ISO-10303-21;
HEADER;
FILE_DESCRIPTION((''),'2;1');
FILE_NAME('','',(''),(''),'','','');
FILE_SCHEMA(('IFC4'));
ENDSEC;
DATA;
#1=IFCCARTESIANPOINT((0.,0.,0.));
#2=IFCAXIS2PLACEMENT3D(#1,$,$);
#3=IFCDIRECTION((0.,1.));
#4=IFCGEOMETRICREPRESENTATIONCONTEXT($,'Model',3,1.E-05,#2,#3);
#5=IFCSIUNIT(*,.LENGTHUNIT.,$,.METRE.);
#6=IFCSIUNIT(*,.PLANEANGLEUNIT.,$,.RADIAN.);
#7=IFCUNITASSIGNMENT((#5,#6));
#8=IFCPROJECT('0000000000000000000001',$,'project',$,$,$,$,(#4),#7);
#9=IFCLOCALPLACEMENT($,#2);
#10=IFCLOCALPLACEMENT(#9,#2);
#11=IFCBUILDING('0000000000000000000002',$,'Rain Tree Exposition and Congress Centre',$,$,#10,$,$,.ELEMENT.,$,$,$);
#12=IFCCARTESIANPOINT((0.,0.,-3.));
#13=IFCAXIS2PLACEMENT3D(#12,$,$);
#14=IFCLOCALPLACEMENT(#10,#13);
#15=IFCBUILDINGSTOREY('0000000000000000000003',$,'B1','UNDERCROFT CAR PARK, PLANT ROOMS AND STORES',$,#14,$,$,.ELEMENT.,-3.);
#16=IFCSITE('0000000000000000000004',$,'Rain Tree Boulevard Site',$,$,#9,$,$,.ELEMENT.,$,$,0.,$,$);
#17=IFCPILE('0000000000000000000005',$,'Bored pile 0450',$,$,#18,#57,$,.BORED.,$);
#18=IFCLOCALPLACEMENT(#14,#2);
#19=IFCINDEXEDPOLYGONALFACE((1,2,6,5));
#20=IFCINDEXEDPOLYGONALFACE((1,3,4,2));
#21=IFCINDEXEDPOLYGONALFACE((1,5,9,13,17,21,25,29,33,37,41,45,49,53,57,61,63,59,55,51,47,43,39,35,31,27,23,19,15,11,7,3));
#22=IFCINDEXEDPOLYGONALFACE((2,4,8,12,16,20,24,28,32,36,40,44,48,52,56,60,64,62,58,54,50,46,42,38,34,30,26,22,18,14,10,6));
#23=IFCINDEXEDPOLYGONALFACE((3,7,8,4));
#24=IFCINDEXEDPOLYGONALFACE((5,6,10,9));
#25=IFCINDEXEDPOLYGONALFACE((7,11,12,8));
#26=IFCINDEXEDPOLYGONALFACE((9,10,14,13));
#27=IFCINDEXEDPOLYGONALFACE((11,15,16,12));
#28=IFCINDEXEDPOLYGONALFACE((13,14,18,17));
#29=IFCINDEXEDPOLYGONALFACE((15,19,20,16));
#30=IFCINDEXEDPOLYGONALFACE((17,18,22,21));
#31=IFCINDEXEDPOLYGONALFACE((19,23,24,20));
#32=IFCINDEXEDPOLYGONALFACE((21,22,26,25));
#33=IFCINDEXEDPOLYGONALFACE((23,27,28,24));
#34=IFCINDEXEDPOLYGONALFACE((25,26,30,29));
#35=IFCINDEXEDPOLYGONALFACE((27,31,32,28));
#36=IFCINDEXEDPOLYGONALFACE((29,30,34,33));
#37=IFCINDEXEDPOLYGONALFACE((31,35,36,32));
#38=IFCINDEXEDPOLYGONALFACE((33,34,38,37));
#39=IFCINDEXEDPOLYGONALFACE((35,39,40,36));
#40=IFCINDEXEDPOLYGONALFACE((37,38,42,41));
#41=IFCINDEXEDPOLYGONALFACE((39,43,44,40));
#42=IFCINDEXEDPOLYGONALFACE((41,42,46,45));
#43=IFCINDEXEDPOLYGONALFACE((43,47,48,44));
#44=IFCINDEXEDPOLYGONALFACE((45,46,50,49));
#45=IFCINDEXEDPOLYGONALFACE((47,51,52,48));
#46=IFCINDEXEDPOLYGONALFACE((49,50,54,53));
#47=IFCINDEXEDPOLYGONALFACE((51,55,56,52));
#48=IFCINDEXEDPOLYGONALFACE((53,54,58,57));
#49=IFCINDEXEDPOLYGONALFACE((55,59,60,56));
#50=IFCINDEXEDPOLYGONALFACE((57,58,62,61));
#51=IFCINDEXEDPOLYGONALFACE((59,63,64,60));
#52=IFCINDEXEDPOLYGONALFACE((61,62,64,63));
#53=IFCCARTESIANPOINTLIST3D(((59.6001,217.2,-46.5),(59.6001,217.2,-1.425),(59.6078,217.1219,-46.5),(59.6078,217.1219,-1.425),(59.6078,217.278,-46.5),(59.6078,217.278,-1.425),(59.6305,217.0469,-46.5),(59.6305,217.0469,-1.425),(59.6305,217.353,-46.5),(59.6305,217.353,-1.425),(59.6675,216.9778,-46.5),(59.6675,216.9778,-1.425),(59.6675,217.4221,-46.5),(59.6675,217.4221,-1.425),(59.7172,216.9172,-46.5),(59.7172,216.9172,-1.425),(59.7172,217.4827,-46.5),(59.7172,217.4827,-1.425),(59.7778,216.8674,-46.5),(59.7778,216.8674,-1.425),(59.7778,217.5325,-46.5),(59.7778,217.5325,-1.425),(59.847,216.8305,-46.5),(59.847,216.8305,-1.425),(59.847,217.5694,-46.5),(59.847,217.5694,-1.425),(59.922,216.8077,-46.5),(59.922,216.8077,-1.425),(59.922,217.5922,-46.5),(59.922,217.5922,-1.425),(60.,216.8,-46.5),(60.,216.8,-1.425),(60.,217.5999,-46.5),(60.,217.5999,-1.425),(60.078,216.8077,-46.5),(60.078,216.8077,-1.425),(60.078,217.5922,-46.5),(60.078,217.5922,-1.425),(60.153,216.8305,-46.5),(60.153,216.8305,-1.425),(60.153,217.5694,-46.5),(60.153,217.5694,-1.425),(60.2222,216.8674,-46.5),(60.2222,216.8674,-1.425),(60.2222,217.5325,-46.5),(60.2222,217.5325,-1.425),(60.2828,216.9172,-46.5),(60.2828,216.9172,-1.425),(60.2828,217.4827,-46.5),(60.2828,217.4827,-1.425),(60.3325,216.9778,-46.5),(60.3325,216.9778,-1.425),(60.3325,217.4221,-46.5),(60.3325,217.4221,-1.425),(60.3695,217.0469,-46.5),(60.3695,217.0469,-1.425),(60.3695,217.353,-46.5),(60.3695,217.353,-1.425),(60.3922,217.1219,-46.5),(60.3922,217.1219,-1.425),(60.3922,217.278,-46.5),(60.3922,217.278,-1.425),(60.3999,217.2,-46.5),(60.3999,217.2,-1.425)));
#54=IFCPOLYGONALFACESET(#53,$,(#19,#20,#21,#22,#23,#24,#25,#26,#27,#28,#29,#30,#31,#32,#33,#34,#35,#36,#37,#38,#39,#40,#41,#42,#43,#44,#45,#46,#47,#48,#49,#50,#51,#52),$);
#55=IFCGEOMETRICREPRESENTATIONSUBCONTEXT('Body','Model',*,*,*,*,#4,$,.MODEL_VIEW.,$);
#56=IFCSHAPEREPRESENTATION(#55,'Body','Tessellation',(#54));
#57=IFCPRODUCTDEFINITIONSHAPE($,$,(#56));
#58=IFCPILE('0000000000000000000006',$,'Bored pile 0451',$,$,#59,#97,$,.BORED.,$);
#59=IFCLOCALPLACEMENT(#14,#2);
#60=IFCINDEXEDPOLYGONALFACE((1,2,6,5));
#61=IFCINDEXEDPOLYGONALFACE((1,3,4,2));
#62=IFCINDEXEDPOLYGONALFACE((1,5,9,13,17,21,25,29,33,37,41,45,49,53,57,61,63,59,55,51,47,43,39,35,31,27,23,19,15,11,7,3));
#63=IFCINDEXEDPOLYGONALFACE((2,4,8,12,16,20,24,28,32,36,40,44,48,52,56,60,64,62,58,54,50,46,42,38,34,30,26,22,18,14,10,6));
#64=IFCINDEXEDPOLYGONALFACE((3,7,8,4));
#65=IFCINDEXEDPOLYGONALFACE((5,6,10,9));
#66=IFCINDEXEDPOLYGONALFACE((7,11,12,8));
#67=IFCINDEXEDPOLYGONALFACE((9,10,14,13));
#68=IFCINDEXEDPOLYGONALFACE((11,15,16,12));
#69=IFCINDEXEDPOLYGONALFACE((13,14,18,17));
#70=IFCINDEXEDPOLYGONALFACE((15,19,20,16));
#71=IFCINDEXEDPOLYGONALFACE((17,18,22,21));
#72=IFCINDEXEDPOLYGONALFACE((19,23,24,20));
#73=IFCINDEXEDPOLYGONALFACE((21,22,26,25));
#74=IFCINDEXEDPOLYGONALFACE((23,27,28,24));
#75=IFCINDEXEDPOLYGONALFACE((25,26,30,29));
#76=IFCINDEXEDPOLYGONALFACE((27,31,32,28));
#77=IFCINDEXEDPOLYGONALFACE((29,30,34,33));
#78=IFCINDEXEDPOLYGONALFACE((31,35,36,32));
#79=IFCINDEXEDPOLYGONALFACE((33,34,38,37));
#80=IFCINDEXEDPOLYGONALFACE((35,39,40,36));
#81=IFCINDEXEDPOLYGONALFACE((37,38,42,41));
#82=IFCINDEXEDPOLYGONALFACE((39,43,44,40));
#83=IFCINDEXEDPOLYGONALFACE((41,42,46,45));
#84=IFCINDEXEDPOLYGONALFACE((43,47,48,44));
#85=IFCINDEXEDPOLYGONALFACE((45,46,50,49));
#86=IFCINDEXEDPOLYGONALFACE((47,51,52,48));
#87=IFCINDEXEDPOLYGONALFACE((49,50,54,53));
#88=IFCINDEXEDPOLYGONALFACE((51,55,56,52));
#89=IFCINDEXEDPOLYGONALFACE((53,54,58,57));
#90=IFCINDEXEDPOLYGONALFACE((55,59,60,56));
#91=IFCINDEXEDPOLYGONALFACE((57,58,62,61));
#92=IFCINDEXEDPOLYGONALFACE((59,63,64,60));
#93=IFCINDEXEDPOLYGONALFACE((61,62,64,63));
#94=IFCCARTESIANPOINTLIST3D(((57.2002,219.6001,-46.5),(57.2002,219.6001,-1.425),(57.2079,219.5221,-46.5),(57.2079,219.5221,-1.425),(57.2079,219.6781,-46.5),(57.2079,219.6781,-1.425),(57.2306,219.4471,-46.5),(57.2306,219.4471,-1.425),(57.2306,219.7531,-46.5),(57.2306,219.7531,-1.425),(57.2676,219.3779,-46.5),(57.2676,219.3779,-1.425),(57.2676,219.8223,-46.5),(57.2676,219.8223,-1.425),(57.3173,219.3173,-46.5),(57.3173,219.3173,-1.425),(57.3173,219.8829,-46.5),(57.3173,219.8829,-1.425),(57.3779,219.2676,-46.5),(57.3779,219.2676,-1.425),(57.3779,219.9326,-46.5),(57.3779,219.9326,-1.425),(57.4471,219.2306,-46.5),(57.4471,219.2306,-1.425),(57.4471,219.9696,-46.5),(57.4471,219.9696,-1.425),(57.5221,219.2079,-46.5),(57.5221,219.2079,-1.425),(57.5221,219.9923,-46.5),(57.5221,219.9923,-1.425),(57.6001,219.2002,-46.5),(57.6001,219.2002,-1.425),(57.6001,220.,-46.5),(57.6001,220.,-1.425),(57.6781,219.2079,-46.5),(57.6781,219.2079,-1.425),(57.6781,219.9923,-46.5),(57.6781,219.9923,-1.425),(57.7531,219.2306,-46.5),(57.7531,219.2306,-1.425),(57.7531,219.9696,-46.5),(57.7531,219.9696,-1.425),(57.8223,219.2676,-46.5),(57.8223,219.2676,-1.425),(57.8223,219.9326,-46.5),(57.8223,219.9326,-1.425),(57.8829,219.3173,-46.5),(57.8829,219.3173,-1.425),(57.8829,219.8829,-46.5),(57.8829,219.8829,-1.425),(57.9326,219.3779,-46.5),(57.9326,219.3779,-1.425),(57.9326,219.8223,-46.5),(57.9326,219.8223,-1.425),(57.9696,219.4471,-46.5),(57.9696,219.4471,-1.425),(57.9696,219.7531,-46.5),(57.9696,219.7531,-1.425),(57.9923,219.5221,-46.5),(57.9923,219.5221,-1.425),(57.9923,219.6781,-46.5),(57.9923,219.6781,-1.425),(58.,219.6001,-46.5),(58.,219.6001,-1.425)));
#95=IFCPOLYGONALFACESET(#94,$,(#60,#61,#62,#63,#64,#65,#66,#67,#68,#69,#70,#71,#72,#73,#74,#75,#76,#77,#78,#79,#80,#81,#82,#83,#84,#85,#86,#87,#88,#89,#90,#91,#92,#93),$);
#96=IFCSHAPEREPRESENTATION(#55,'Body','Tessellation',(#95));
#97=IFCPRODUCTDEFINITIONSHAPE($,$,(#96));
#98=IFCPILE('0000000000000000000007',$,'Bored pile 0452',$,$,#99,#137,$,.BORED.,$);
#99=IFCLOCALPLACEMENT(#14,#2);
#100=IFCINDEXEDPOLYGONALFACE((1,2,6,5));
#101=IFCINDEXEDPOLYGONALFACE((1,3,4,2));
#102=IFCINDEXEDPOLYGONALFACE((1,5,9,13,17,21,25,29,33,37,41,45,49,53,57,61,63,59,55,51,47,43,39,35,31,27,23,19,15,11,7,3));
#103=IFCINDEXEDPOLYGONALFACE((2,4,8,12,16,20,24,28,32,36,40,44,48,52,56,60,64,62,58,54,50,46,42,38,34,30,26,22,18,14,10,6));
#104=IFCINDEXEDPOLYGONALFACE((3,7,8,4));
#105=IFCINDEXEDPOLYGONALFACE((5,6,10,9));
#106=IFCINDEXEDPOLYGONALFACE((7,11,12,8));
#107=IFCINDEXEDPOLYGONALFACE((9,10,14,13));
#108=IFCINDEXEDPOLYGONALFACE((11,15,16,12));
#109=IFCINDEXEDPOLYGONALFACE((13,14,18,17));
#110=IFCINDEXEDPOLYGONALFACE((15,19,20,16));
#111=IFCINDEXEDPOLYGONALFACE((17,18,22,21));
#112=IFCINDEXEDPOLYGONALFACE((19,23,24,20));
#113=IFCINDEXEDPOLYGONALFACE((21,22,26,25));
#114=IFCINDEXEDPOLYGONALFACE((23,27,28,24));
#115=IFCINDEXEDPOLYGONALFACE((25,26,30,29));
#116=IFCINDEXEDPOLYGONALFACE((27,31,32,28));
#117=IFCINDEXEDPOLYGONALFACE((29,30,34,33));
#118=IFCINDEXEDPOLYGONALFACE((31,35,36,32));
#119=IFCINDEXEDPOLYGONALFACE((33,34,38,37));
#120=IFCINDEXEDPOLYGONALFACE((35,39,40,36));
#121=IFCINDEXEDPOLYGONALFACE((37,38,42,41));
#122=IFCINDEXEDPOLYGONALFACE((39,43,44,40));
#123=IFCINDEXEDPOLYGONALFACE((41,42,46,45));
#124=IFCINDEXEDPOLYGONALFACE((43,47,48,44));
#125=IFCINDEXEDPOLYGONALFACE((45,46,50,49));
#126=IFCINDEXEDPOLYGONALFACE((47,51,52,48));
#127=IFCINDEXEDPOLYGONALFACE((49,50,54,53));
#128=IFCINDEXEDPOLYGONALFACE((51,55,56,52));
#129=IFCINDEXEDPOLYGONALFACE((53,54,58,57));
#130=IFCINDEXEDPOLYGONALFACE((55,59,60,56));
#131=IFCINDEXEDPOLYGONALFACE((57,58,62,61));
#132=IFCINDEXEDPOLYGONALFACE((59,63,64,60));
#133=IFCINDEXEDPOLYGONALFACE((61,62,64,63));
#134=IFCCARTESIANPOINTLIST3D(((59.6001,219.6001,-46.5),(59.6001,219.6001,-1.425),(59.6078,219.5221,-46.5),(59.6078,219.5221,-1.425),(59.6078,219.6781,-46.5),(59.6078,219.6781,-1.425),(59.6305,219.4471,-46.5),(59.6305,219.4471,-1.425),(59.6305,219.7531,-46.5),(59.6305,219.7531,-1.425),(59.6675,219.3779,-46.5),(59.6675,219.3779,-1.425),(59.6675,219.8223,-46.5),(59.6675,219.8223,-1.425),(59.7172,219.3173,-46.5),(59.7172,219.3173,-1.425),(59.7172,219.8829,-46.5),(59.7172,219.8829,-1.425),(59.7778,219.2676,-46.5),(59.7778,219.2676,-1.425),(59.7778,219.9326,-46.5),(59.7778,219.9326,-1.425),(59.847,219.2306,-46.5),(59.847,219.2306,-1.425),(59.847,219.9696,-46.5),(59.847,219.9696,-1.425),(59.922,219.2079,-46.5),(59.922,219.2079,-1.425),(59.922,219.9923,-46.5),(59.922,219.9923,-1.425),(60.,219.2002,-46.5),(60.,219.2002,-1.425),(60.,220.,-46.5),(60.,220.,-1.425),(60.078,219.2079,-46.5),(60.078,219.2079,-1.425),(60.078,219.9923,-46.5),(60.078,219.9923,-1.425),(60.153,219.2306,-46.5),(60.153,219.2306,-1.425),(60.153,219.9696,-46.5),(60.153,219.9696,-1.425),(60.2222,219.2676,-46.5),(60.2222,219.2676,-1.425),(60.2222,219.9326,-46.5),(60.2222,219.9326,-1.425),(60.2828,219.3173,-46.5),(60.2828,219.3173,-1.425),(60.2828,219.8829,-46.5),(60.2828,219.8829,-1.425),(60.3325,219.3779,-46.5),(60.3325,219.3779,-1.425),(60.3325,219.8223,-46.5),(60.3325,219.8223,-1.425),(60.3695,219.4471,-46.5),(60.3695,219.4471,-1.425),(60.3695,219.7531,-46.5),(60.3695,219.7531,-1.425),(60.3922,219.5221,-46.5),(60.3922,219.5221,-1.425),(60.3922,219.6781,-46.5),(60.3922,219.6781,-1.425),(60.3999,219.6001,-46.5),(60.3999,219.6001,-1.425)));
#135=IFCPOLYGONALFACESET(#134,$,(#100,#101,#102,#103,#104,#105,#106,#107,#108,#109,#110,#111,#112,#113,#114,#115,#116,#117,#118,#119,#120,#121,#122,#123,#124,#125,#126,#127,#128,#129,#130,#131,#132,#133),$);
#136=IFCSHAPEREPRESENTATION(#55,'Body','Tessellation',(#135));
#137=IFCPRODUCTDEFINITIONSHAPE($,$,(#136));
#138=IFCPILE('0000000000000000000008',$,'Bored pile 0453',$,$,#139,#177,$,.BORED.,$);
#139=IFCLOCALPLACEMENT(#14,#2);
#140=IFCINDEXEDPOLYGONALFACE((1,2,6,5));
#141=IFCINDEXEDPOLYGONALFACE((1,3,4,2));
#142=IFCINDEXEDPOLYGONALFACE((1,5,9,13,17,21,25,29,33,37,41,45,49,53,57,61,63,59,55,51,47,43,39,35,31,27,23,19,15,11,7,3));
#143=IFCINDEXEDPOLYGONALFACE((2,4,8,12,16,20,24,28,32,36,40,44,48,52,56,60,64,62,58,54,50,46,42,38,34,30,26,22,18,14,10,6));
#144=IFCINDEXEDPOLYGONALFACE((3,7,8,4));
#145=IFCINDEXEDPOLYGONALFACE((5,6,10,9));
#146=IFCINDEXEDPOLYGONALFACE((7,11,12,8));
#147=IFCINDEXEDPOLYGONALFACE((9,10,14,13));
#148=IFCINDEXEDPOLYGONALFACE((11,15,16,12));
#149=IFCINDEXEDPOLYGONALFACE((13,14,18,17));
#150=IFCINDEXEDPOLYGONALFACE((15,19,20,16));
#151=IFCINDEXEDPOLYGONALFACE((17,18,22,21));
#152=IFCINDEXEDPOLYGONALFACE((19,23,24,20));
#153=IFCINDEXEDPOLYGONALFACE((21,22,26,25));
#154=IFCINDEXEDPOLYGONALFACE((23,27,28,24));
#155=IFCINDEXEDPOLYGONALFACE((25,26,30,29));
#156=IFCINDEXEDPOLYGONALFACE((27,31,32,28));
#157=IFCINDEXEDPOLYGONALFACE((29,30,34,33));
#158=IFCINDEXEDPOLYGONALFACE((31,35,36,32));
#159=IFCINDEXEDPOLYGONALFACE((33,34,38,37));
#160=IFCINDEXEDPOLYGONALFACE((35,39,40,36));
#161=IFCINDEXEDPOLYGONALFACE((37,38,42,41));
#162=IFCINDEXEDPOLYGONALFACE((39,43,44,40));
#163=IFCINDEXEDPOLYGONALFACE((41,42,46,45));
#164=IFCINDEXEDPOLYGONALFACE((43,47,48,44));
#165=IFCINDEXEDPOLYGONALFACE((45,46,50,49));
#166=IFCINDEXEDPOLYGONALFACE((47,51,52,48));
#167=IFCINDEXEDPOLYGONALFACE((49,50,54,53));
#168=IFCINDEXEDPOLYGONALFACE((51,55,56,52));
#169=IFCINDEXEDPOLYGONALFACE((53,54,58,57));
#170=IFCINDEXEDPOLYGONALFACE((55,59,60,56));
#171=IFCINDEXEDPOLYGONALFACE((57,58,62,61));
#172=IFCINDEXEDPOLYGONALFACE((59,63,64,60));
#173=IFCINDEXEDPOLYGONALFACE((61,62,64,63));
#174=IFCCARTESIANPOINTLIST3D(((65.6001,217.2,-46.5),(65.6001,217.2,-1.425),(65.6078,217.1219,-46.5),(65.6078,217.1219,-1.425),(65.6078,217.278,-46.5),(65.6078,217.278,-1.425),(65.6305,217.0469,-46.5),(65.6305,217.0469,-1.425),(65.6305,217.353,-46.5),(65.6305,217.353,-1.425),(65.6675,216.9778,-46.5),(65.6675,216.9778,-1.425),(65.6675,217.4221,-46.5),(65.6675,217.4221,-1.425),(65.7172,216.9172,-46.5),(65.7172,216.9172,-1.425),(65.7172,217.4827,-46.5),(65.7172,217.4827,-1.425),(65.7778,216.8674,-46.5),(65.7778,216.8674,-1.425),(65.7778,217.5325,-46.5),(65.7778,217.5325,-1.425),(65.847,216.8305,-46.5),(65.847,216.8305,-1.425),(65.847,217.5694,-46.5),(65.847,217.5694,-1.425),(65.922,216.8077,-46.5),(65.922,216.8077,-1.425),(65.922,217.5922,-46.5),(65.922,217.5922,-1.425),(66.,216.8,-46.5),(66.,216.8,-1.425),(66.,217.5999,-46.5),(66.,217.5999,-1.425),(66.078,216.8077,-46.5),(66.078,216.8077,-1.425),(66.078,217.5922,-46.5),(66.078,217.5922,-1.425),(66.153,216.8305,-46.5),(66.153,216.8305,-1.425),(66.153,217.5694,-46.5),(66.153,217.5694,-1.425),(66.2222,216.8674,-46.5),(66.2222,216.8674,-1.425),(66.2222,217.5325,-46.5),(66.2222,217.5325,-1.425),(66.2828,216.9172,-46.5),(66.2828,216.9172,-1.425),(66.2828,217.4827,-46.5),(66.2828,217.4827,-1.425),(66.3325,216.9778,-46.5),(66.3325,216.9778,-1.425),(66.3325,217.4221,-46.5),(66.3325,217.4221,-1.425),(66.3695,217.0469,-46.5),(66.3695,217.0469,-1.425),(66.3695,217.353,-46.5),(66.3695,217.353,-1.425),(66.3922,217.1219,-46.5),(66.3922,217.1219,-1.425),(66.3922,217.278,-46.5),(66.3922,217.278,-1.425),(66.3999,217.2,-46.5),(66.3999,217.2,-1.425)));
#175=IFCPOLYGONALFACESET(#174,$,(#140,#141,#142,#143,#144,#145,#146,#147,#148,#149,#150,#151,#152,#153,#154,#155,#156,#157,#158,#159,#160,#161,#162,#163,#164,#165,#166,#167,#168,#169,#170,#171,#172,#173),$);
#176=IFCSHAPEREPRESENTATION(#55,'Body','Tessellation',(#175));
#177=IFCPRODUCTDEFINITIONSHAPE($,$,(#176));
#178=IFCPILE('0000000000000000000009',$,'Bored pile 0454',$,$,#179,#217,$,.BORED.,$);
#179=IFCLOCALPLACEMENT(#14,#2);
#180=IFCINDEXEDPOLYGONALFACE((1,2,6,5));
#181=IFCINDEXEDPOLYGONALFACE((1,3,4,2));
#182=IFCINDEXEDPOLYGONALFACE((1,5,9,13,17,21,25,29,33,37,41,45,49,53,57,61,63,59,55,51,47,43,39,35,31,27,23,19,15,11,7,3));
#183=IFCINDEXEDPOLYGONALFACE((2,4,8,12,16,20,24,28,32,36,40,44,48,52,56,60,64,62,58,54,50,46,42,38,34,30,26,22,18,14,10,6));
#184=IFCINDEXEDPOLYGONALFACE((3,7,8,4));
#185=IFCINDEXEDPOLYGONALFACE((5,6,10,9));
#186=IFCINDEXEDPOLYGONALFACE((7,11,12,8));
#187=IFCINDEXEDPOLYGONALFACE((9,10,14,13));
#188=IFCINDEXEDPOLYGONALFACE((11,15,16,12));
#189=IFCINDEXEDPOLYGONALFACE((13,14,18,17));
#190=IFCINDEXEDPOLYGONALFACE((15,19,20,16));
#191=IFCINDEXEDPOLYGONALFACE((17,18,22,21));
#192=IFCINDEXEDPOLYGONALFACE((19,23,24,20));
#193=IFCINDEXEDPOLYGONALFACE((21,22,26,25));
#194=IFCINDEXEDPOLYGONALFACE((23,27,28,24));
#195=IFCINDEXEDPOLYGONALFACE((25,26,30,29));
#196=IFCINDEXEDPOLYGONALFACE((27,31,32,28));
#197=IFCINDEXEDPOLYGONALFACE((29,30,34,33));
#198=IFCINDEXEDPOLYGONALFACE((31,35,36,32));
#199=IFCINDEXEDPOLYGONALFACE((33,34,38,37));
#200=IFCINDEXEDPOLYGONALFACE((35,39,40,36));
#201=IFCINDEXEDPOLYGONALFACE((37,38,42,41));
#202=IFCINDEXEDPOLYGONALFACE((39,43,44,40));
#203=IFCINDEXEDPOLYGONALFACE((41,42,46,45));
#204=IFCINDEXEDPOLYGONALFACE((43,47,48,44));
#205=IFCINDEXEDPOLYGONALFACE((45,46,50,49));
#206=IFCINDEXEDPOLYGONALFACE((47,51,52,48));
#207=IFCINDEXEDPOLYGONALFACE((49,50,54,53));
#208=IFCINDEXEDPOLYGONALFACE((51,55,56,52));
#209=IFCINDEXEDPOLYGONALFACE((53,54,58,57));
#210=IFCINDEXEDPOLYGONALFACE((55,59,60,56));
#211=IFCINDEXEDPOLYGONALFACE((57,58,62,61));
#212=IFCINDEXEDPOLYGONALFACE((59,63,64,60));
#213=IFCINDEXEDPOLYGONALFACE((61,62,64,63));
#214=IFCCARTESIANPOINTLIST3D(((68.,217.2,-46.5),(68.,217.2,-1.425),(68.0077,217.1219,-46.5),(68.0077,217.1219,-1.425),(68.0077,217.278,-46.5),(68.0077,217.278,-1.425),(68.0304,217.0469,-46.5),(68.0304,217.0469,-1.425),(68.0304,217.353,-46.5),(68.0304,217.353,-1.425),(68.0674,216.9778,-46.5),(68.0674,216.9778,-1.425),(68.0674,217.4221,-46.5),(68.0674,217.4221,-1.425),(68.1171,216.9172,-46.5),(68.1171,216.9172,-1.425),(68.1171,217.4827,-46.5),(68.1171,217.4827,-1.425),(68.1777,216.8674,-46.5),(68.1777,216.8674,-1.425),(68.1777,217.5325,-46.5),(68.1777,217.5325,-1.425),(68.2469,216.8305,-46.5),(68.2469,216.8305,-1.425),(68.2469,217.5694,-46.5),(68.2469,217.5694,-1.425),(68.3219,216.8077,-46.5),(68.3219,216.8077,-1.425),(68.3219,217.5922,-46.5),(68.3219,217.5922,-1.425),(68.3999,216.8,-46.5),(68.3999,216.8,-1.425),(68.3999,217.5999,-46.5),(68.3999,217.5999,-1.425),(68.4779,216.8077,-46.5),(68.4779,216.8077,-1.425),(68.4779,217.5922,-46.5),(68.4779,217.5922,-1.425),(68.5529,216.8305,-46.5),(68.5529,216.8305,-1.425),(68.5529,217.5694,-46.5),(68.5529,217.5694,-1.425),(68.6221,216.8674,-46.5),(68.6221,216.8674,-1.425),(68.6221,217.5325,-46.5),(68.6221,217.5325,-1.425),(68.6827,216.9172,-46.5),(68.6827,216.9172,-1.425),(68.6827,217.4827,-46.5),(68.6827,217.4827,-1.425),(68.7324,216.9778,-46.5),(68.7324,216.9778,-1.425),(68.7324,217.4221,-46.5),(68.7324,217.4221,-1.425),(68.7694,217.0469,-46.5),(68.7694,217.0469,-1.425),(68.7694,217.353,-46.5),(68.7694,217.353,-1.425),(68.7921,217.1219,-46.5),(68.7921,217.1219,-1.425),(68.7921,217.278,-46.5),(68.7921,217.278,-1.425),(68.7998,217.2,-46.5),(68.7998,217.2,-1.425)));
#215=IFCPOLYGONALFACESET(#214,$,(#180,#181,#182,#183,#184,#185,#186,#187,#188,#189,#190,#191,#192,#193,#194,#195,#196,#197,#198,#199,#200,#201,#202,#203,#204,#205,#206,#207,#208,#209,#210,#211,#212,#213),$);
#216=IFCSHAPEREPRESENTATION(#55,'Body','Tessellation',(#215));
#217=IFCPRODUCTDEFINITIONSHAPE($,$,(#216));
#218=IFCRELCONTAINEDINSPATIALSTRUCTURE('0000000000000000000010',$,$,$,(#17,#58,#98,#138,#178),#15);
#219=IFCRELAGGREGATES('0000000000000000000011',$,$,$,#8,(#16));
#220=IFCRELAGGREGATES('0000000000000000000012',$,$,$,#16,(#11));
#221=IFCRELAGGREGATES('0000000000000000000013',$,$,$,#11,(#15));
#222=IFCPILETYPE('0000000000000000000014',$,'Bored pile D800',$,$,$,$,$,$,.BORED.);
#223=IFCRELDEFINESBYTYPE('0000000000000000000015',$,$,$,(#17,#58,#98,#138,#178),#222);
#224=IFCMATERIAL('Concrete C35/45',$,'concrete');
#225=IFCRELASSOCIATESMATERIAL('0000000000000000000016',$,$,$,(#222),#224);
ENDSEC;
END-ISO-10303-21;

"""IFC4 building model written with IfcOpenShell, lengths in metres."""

from ifc_helpers import new_model, si_unit, direction, frame, origin, origin_2d, place, context, subcontext, project, spatial, circle, extrude, material, material_profile, profile_set, type_object, element, save


model = new_model("IFC4")

# Units and contexts
model_context = context("Model", 3, precision=1e-05, world=origin(), true_north=direction((0.0, 1.0)))
body_context = subcontext(model_context, "Body", "Model", "MODEL_VIEW")
ifc_project = project(units=[si_unit("LENGTHUNIT", "METRE"), si_unit("PLANEANGLEUNIT", "RADIAN")], contexts=[model_context])

# Site, building, storey
site_placement = place(None, origin())
site = spatial("IfcSite", under=ifc_project, at=site_placement, Name="Rain Tree Boulevard Site", CompositionType="ELEMENT", RefElevation=0.0)
building_placement = place(site_placement, origin())
building = spatial("IfcBuilding", under=site, at=building_placement, Name="Rain Tree Exposition and Congress Centre", CompositionType="ELEMENT")
storey_placement = place(building_placement, frame((0.0, 0.0, -3.0)))
storey = spatial("IfcBuildingStorey", under=building, at=storey_placement, Name="B1", Description="UNDERCROFT CAR PARK, PLANT ROOMS AND STORES", CompositionType="ELEMENT", Elevation=-3.0)

# Piles
ifc_material_1 = material(Name="Concrete C35/45", Category="concrete")
ifc_material_profile_1 = material_profile(ifc_material_1, circle(Radius=0.3999, at=origin_2d()), Name="D800")
ifc_profile_set_1 = profile_set([ifc_material_profile_1], Name="Concrete C35/45")
pile_type_1 = type_object("IfcPileType", Name="Bored pile D800", PredefinedType="BORED", material=ifc_profile_set_1)
for number, where, z_axis, x_axis, name in (
    (1, (60.0, 217.2, -1.425), (0.0, 0.0, -1.0), (1.0, 0.0, 0.0), "Bored pile 0450"),
    (2, (57.6001, 219.6001, -1.425), (0.0, 0.0, -1.0), (1.0, 0.0, 0.0), "Bored pile 0451"),
    (3, (60.0, 219.6001, -1.425), (0.0, 0.0, -1.0), (1.0, 0.0, 0.0), "Bored pile 0452"),
    (4, (66.0, 217.2, -1.425), (0.0, 0.0, -1.0), (1.0, 0.0, 0.0), "Bored pile 0453"),
    (5, (68.3999, 217.2, -1.425), (0.0, 0.0, -1.0), (1.0, 0.0, 0.0), "Bored pile 0454"),
):
    element("IfcPile", number, at=place(storey_placement, frame(where, z_axis=z_axis, x_axis=x_axis)), inside=storey, type_object=pile_type_1, Name=name, PredefinedType="BORED", context=body_context, shape_type="SweptSolid", body=[
        extrude(circle(Radius=0.3999, at=origin_2d()), origin(), (0.0, 0.0, 1.0), 45.075),
    ])

save(model, "model.ifc")
